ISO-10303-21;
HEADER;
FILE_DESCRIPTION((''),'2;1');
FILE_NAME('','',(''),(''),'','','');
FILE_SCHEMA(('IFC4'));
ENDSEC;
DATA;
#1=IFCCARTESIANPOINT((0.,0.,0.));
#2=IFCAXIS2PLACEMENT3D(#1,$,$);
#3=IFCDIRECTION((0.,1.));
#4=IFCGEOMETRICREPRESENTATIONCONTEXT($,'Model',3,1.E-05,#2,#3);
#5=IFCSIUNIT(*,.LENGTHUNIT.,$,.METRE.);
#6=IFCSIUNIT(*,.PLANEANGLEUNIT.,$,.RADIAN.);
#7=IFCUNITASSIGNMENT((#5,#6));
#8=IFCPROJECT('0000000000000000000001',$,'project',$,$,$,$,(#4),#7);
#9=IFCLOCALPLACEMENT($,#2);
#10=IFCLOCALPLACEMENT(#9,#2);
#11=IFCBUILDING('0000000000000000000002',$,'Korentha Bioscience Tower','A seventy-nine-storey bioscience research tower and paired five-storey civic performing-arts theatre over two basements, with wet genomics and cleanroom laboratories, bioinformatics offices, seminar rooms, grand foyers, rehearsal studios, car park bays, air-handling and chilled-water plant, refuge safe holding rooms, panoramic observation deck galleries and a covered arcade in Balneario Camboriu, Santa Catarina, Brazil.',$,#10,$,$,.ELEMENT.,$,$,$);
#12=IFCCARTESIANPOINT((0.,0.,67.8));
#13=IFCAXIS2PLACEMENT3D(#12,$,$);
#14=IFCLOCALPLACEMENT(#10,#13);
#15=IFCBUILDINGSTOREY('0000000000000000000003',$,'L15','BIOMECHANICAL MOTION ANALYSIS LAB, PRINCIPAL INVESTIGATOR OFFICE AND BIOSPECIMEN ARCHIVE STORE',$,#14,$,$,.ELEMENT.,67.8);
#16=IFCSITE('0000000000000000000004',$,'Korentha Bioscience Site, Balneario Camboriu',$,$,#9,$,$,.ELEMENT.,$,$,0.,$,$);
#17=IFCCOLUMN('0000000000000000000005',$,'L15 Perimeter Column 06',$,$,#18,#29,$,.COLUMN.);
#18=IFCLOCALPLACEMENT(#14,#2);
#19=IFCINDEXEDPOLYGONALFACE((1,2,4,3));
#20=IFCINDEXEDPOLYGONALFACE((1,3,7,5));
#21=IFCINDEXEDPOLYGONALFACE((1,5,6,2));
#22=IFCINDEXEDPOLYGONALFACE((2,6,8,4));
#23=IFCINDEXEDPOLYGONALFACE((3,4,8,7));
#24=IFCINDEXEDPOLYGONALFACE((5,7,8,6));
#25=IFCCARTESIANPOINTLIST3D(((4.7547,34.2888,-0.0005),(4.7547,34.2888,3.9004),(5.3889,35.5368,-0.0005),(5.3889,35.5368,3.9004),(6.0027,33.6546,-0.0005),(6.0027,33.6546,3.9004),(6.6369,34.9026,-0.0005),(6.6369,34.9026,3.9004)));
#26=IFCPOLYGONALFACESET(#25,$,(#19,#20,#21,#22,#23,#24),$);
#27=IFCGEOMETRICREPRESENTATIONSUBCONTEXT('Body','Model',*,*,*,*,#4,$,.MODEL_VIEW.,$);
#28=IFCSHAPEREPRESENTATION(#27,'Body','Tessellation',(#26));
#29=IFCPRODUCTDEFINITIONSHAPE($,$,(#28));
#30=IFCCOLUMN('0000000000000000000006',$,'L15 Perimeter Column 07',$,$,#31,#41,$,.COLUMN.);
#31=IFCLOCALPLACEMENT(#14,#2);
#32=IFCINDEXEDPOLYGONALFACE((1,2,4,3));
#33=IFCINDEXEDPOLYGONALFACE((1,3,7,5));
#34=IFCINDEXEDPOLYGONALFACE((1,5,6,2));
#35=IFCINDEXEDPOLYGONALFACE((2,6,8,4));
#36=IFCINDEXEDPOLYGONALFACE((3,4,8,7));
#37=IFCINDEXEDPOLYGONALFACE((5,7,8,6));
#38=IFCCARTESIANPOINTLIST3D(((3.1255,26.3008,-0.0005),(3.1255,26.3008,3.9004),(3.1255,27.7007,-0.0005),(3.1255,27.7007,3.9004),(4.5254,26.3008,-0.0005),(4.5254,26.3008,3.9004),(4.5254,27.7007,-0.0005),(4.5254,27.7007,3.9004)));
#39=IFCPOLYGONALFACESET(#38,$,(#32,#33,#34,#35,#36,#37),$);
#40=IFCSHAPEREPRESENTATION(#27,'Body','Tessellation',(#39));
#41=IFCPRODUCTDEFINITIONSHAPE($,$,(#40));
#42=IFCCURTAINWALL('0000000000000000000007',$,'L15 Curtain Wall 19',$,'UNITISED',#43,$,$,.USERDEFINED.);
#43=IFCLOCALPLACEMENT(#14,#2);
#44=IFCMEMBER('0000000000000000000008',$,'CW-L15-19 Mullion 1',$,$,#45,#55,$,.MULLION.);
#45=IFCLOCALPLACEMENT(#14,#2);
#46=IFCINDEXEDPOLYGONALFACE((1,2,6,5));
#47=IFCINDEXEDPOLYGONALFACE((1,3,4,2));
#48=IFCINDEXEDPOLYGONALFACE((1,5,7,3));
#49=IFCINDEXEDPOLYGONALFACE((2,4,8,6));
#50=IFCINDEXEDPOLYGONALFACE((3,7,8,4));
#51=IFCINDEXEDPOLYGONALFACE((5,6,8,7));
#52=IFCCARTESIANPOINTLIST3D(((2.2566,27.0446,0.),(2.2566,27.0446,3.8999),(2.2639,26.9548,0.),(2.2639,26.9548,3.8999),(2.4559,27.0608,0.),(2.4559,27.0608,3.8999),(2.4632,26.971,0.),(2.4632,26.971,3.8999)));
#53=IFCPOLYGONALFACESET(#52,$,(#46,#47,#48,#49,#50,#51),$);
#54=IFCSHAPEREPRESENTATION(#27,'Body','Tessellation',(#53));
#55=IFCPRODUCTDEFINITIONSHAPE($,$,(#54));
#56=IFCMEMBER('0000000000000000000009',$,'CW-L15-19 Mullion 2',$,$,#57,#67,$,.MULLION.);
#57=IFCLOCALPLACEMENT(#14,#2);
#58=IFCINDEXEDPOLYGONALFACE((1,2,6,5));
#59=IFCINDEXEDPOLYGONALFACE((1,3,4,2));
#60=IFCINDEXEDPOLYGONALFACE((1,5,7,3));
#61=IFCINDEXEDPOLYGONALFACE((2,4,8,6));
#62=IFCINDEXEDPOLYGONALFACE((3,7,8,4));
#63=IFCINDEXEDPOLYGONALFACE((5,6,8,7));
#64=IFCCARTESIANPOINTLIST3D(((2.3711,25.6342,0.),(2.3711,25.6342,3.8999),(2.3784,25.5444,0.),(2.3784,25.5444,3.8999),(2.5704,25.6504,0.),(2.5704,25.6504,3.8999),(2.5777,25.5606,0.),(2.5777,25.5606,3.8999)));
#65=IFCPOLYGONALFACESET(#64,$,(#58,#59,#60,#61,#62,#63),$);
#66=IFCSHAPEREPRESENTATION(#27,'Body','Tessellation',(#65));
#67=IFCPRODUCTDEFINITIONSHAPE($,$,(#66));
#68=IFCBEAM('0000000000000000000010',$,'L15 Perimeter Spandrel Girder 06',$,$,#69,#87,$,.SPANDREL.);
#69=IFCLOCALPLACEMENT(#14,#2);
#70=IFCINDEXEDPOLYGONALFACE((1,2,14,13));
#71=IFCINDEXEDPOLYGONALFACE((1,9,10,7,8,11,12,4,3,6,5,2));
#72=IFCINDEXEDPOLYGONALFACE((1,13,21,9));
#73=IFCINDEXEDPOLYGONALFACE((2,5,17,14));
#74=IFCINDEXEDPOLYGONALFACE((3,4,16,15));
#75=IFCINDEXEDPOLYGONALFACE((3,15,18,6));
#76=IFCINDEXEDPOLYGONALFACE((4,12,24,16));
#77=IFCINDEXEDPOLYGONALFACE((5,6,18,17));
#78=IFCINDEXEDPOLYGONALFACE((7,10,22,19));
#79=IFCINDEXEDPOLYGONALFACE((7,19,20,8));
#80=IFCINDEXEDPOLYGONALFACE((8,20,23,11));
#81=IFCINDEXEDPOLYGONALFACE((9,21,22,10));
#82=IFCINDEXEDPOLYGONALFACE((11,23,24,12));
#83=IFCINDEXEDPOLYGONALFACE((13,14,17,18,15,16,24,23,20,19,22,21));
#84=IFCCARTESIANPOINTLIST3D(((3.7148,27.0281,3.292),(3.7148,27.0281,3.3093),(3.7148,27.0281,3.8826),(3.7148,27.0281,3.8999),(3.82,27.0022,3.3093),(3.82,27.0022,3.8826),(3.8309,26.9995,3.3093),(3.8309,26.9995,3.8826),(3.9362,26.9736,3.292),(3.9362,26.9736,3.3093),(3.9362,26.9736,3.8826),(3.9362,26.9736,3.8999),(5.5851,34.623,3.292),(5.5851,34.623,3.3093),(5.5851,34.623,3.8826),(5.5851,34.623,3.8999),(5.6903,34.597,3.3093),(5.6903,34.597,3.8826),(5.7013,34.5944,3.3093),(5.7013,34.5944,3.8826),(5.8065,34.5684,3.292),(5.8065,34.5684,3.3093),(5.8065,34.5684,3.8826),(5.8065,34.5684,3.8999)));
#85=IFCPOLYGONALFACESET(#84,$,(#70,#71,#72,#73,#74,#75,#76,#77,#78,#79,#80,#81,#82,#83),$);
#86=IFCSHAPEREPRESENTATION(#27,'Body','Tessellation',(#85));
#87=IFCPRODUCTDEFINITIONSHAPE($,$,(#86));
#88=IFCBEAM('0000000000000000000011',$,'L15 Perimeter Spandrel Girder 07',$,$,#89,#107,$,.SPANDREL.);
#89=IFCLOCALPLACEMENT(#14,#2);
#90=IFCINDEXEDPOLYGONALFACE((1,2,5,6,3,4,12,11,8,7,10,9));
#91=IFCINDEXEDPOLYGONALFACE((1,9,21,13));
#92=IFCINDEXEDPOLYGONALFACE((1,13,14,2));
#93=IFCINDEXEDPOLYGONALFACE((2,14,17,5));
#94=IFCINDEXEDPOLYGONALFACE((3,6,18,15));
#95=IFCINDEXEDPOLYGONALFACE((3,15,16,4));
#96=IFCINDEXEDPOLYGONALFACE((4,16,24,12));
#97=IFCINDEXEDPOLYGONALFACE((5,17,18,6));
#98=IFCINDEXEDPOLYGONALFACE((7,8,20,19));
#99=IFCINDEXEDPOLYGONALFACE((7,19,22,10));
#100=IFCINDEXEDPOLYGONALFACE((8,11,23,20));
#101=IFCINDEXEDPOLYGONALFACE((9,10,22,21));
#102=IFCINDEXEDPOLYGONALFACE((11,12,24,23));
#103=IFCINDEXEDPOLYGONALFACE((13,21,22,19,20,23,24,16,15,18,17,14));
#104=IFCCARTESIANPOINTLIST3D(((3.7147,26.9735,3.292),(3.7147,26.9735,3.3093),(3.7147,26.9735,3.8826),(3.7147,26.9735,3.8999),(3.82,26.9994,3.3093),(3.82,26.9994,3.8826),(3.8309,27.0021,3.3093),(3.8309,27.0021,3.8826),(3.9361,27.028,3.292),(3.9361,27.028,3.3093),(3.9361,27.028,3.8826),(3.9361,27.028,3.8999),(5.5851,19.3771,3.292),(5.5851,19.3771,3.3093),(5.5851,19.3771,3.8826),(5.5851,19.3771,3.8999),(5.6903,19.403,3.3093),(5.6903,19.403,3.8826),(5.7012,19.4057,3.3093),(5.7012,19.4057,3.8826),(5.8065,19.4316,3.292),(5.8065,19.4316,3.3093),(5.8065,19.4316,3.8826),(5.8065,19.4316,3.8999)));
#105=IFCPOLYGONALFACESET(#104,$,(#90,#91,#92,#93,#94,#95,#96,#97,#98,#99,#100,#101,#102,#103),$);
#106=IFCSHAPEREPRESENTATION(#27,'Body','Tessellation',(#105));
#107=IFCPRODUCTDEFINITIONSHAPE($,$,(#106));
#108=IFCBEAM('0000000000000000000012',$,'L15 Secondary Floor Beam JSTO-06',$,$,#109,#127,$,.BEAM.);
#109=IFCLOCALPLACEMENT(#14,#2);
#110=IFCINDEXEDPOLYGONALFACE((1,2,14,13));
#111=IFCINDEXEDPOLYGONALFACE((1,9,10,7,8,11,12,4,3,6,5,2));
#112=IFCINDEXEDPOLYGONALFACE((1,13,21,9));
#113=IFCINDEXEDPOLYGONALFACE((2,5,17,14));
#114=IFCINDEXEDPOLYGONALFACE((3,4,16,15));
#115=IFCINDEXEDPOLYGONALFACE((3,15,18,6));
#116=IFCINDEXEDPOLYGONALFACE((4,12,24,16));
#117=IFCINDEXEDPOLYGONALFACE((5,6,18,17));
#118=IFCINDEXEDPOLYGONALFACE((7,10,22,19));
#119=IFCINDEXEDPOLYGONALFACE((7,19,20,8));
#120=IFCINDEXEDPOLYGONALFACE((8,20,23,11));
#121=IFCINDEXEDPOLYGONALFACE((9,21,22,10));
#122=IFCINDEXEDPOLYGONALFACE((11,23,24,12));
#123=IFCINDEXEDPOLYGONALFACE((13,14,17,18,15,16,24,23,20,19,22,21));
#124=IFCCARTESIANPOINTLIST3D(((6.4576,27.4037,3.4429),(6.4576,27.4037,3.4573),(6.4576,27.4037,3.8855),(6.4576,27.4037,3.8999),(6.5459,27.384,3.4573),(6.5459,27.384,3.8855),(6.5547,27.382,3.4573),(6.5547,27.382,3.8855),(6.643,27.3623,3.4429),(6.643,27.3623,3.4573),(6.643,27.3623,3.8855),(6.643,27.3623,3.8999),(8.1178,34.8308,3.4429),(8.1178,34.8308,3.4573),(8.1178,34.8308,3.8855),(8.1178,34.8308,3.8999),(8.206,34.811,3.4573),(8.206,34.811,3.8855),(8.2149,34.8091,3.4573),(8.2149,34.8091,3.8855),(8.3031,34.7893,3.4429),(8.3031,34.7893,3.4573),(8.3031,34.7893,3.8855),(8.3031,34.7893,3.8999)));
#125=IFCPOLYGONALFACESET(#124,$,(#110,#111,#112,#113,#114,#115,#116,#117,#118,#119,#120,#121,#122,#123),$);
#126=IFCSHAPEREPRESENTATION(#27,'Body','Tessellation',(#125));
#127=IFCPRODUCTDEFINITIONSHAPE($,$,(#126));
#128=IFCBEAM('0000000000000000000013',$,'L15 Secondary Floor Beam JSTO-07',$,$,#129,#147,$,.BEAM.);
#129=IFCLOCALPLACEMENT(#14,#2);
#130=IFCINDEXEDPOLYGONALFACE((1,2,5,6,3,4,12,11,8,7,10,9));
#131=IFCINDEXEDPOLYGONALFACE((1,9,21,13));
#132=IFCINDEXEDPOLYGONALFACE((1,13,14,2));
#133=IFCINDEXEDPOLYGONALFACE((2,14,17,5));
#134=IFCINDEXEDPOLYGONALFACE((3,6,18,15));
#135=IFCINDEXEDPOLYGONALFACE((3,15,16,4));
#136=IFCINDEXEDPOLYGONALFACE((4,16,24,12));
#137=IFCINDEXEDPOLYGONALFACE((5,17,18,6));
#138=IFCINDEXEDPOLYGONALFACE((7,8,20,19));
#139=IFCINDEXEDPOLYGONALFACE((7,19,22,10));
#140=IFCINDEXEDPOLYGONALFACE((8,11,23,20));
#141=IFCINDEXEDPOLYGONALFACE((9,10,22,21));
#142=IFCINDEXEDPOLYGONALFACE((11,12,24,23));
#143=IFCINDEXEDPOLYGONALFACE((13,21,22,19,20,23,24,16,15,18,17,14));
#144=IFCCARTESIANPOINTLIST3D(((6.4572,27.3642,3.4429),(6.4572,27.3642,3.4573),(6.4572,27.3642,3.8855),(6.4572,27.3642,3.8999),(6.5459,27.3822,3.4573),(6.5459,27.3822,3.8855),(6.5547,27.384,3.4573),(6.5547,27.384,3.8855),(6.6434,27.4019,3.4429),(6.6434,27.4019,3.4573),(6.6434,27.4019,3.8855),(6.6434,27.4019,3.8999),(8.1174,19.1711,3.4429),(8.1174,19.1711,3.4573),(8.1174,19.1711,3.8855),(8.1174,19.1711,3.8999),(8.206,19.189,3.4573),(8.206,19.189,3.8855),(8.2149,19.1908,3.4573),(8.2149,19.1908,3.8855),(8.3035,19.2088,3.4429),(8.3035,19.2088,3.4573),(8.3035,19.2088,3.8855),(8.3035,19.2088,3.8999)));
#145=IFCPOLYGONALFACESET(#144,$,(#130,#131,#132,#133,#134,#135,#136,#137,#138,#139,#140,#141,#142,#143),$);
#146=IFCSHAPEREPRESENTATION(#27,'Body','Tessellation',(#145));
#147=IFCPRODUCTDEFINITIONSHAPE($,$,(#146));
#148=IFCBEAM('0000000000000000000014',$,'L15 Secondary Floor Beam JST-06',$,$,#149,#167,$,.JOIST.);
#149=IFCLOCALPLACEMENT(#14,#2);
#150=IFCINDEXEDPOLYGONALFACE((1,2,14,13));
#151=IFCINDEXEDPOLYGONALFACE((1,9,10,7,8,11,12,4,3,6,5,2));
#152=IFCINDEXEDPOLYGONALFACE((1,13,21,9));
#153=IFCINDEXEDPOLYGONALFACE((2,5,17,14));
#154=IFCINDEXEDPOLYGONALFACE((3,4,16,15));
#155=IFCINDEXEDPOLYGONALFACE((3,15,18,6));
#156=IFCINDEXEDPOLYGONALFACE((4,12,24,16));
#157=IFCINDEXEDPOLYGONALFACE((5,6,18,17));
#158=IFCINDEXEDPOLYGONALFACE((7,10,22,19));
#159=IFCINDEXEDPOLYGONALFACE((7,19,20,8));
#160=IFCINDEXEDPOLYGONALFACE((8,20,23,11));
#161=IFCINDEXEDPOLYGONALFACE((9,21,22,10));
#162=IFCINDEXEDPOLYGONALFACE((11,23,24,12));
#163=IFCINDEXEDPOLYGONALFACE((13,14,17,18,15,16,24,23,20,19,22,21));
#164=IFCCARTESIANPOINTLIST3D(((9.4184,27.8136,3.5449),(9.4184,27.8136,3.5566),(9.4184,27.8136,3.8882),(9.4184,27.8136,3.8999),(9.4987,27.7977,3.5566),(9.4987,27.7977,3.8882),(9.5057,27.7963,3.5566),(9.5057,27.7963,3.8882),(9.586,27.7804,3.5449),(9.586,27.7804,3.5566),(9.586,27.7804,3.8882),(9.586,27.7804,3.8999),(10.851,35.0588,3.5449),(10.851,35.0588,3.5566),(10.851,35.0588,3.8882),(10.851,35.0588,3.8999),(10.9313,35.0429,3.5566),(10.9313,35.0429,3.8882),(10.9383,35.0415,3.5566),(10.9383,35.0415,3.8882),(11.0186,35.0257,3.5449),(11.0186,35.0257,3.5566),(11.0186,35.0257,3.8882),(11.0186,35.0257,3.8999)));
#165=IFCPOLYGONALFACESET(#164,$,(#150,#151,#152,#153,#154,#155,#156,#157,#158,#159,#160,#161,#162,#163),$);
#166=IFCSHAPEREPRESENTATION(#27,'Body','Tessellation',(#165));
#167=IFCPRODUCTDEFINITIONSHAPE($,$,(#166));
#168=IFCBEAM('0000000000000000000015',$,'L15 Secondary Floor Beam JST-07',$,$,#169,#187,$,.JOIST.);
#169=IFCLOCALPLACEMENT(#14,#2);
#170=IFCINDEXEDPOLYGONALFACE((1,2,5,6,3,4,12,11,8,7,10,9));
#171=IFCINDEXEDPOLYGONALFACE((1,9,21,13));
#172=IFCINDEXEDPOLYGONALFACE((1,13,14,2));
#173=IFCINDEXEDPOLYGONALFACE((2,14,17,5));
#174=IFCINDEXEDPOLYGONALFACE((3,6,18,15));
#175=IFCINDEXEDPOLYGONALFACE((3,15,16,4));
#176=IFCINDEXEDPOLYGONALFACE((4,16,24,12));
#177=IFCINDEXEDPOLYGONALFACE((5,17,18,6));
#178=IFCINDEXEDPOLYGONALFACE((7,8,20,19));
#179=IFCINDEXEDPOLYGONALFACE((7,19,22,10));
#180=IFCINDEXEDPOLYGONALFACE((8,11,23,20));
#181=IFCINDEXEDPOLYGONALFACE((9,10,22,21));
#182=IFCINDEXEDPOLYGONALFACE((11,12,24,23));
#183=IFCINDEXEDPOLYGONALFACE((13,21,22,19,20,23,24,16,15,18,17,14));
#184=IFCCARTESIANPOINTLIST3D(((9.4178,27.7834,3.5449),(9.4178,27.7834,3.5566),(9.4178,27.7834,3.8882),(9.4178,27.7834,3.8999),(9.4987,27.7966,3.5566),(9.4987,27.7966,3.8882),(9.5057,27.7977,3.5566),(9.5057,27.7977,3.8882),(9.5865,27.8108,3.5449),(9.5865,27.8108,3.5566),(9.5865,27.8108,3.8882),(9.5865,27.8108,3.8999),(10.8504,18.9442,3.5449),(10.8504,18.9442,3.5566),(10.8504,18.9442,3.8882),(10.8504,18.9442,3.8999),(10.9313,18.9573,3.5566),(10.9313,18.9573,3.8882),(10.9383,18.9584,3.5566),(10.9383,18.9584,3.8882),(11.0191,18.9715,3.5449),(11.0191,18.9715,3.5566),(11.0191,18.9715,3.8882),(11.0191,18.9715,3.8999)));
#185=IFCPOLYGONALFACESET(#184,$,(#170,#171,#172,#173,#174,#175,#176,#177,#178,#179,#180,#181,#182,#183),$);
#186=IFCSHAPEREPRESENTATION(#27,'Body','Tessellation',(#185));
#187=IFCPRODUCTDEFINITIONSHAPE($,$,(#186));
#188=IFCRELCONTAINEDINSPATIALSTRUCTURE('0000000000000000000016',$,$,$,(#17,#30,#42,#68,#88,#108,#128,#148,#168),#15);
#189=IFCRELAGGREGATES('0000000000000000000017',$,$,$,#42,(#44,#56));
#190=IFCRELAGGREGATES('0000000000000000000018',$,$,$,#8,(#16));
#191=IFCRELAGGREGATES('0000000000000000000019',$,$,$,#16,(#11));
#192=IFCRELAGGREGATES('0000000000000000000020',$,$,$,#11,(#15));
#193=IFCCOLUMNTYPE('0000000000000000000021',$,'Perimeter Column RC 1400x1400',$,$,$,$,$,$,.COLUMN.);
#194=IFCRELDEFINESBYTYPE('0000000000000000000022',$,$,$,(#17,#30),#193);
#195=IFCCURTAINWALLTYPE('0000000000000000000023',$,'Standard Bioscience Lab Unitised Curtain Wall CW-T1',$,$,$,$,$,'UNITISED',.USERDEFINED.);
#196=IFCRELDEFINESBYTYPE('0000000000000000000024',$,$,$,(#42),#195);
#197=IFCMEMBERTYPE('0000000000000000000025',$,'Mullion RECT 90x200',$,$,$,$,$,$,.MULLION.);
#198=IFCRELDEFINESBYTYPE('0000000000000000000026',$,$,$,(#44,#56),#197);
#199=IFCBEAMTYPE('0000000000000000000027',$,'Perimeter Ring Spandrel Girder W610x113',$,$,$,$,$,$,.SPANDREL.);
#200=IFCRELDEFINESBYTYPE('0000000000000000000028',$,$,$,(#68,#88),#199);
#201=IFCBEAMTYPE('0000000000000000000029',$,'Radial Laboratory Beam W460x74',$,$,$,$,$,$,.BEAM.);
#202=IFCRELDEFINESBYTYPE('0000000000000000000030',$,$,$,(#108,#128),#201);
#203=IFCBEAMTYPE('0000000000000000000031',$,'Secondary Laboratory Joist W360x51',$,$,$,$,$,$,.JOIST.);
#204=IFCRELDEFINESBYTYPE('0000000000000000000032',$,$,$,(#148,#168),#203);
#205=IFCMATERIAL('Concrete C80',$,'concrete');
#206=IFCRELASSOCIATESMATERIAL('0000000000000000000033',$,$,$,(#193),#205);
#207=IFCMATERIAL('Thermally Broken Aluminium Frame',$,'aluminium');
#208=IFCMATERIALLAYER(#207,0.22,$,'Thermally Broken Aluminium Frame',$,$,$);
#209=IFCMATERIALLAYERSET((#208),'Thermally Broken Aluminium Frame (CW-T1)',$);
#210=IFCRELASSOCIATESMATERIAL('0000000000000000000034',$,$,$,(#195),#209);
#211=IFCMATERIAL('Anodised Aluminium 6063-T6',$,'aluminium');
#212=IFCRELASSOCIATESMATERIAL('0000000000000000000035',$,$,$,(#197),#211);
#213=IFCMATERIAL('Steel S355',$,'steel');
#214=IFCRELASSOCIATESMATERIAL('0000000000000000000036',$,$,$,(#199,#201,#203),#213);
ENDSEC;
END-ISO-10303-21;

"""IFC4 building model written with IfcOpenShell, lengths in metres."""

from ifc_helpers import new_model, si_unit, direction, frame, origin, origin_2d, place, context, subcontext, project, spatial, rectangle, i_section, extrude, material, layer, layer_set, material_profile, profile_set, type_object, element, aggregate, save


model = new_model("IFC4")

# Units and contexts
model_context = context("Model", 3, precision=1e-05, world=origin(), true_north=direction((0.0, 1.0)))
body_context = subcontext(model_context, "Body", "Model", "MODEL_VIEW")
ifc_project = project(units=[si_unit("LENGTHUNIT", "METRE"), si_unit("PLANEANGLEUNIT", "RADIAN")], contexts=[model_context])

# Site, building, storey
site_placement = place(None, origin())
site = spatial("IfcSite", under=ifc_project, at=site_placement, Name="Korentha Bioscience Site, Balneario Camboriu", CompositionType="ELEMENT", RefElevation=0.0)
building_placement = place(site_placement, origin())
building = spatial("IfcBuilding", under=site, at=building_placement, Name="Korentha Bioscience Tower", Description="A seventy-nine-storey bioscience research tower and paired five-storey civic performing-arts theatre over two basements, with wet genomics and cleanroom laboratories, bioinformatics offices, seminar rooms, grand foyers, rehearsal studios, car park bays, air-handling and chilled-water plant, refuge safe holding rooms, panoramic observation deck galleries and a covered arcade in Balneario Camboriu, Santa Catarina, Brazil.", CompositionType="ELEMENT")
storey_placement = place(building_placement, frame((0.0, 0.0, 67.8)))
storey = spatial("IfcBuildingStorey", under=building, at=storey_placement, Name="L15", Description="BIOMECHANICAL MOTION ANALYSIS LAB, PRINCIPAL INVESTIGATOR OFFICE AND BIOSPECIMEN ARCHIVE STORE", CompositionType="ELEMENT", Elevation=67.8)

# Columns
ifc_material_1 = material(Name="Concrete C80", Category="concrete")
ifc_material_profile_1 = material_profile(ifc_material_1, rectangle(XDim=1.3999, YDim=1.3999, at=origin_2d()), Name="Concrete C80")
ifc_profile_set_1 = profile_set([ifc_material_profile_1], Name="Concrete C80 (COL-P14)")
column_type = type_object("IfcColumnType", Name="Perimeter Column RC 1400x1400", PredefinedType="COLUMN", material=ifc_profile_set_1)
for number, where, z_axis, x_axis, name in (
    (1, (5.6958, 34.5957, -0.0005), (0.0, 0.0, 1.0), (0.453057, 0.891481, 0.0), "L15 Perimeter Column 06"),
    (2, (3.8254, 27.0007, -0.0005), (0.0, 0.0, 1.0), (0.0, 1.0, 0.0), "L15 Perimeter Column 07"),
):
    element("IfcColumn", number, at=place(storey_placement, frame(where, z_axis=z_axis, x_axis=x_axis)), inside=storey, type_object=column_type, Name=name, PredefinedType="COLUMN", context=body_context, shape_type="SweptSolid", body=[
        extrude(rectangle(XDim=1.3999, YDim=1.3999, at=origin_2d()), origin(), (0.0, 0.0, 1.0), 3.9009),
    ])

# Curtain wall, members
ifc_material_2 = material(Name="Thermally Broken Aluminium Frame", Category="aluminium")
ifc_layer_1 = layer(ifc_material_2, 0.22, Name="Thermally Broken Aluminium Frame")
ifc_layer_set_1 = layer_set([ifc_layer_1], Name="Thermally Broken Aluminium Frame (CW-T1)")
curtain_wall_type = type_object("IfcCurtainWallType", Name="Standard Bioscience Lab Unitised Curtain Wall CW-T1", ElementType="UNITISED", PredefinedType="USERDEFINED", material=ifc_layer_set_1)
curtain_wall_placement = place(storey_placement, origin())
curtain_wall = element("IfcCurtainWall", 3, at=curtain_wall_placement, inside=storey, type_object=curtain_wall_type, Name="L15 Curtain Wall 19", ObjectType="UNITISED", PredefinedType="USERDEFINED")
ifc_material_3 = material(Name="Anodised Aluminium 6063-T6", Category="aluminium")
ifc_material_profile_2 = material_profile(ifc_material_3, rectangle(XDim=0.0901, YDim=0.2, at=origin_2d()), Name="Anodised Aluminium 6063-T6")
ifc_profile_set_2 = profile_set([ifc_material_profile_2], Name="Anodised Aluminium 6063-T6 (CW-MUL)")
member_type_1 = type_object("IfcMemberType", Name="Mullion RECT 90x200", PredefinedType="MULLION", material=ifc_profile_set_2)
member_1_placement = place(storey_placement, frame((2.3599, 27.0078, 0.0), z_axis=(0.0, 0.0, 1.0), x_axis=(0.08082, -0.996729, 0.0)))
member_1 = element("IfcMember", 4, at=member_1_placement, type_object=member_type_1, Name="CW-L15-19 Mullion 1", PredefinedType="MULLION", context=body_context, shape_type="SweptSolid", body=[
    extrude(rectangle(XDim=0.0901, YDim=0.2, at=origin_2d()), origin(), (0.0, 0.0, 1.0), 3.8999),
])
member_2_placement = place(storey_placement, frame((2.4744, 25.5974, 0.0), z_axis=(0.0, 0.0, 1.0), x_axis=(0.08082, -0.996729, 0.0)))
member_2 = element("IfcMember", 5, at=member_2_placement, type_object=member_type_1, Name="CW-L15-19 Mullion 2", PredefinedType="MULLION", context=body_context, shape_type="SweptSolid", body=[
    extrude(rectangle(XDim=0.0901, YDim=0.2, at=origin_2d()), origin(), (0.0, 0.0, 1.0), 3.8999),
])

# Beams
ifc_material_4 = material(Name="Steel S355", Category="steel")
ifc_material_profile_3 = material_profile(ifc_material_4, i_section(OverallWidth=0.228, OverallDepth=0.6079, WebThickness=0.0112, FlangeThickness=0.0173, at=origin_2d()), Name="Steel S355")
ifc_profile_set_3 = profile_set([ifc_material_profile_3], Name="Steel S355 (SB-610)")
beam_type_1 = type_object("IfcBeamType", Name="Perimeter Ring Spandrel Girder W610x113", PredefinedType="SPANDREL", material=ifc_profile_set_3)
beam_1_placement = place(storey_placement, frame((5.6958, 34.5957, 3.5959), z_axis=(-0.239119, -0.97099, 0.0), x_axis=(0.97099, -0.239119, 0.0)))
element("IfcBeam", 6, at=beam_1_placement, inside=storey, type_object=beam_type_1, Name="L15 Perimeter Spandrel Girder 06", PredefinedType="SPANDREL", context=body_context, shape_type="SweptSolid", body=[
    extrude(i_section(OverallWidth=0.228, OverallDepth=0.6079, WebThickness=0.0112, FlangeThickness=0.0173, at=origin_2d()), origin(), (0.0, 0.0, 1.0), 7.8218),
])
beam_2_placement = place(storey_placement, frame((3.8254, 27.0007, 3.5959), z_axis=(0.239076, -0.971001, 0.0), x_axis=(0.971001, 0.239076, 0.0)))
element("IfcBeam", 7, at=beam_2_placement, inside=storey, type_object=beam_type_1, Name="L15 Perimeter Spandrel Girder 07", PredefinedType="SPANDREL", context=body_context, shape_type="SweptSolid", body=[
    extrude(i_section(OverallWidth=0.228, OverallDepth=0.6079, WebThickness=0.0112, FlangeThickness=0.0173, at=origin_2d()), origin(), (0.0, 0.0, 1.0), 7.8232),
])
ifc_material_profile_4 = material_profile(ifc_material_4, i_section(OverallWidth=0.1899, OverallDepth=0.457, WebThickness=0.009, FlangeThickness=0.0144, at=origin_2d()), Name="Steel S355")
ifc_profile_set_4 = profile_set([ifc_material_profile_4], Name="Steel S355 (RB-460)")
beam_type_2 = type_object("IfcBeamType", Name="Radial Laboratory Beam W460x74", PredefinedType="BEAM", material=ifc_profile_set_4)
beam_3_placement = place(storey_placement, frame((8.2104, 34.8101, 3.6714), z_axis=(-0.218146, -0.975916, 0.0), x_axis=(0.975916, -0.218146, 0.0)))
element("IfcBeam", 8, at=beam_3_placement, inside=storey, type_object=beam_type_2, Name="L15 Secondary Floor Beam JSTO-06", PredefinedType="BEAM", context=body_context, shape_type="SweptSolid", body=[
    extrude(i_section(OverallWidth=0.1899, OverallDepth=0.457, WebThickness=0.009, FlangeThickness=0.0144, at=origin_2d()), origin(), (0.0, 0.0, 1.0), 7.6104),
])
beam_4_placement = place(storey_placement, frame((6.5503, 27.3831, 3.6714), z_axis=(0.198592, -0.980082, 0.0), x_axis=(0.980082, 0.198592, 0.0)))
element("IfcBeam", 9, at=beam_4_placement, inside=storey, type_object=beam_type_2, Name="L15 Secondary Floor Beam JSTO-07", PredefinedType="BEAM", context=body_context, shape_type="SweptSolid", body=[
    extrude(i_section(OverallWidth=0.1899, OverallDepth=0.457, WebThickness=0.009, FlangeThickness=0.0144, at=origin_2d()), origin(), (0.0, 0.0, 1.0), 8.3596),
])
ifc_material_profile_5 = material_profile(ifc_material_4, i_section(OverallWidth=0.1709, OverallDepth=0.355, WebThickness=0.0071, FlangeThickness=0.0117, at=origin_2d()), Name="Steel S355")
ifc_profile_set_5 = profile_set([ifc_material_profile_5], Name="Steel S355 (JB-360)")
beam_type_3 = type_object("IfcBeamType", Name="Secondary Laboratory Joist W360x51", PredefinedType="JOIST", material=ifc_profile_set_5)
beam_5_placement = place(storey_placement, frame((10.9348, 35.0422, 3.7224), z_axis=(-0.19398, -0.981006, 0.0), x_axis=(0.981006, -0.19398, 0.0)))
element("IfcBeam", 10, at=beam_5_placement, inside=storey, type_object=beam_type_3, Name="L15 Secondary Floor Beam JST-06", PredefinedType="JOIST", context=body_context, shape_type="SweptSolid", body=[
    extrude(i_section(OverallWidth=0.1709, OverallDepth=0.355, WebThickness=0.0071, FlangeThickness=0.0117, at=origin_2d()), origin(), (0.0, 0.0, 1.0), 7.3855),
])
beam_6_placement = place(storey_placement, frame((9.5022, 27.7971, 3.7224), z_axis=(0.159985, -0.987119, 0.0), x_axis=(0.987119, 0.159985, 0.0)))
element("IfcBeam", 11, at=beam_6_placement, inside=storey, type_object=beam_type_3, Name="L15 Secondary Floor Beam JST-07", PredefinedType="JOIST", context=body_context, shape_type="SweptSolid", body=[
    extrude(i_section(OverallWidth=0.1709, OverallDepth=0.355, WebThickness=0.0071, FlangeThickness=0.0117, at=origin_2d()), origin(), (0.0, 0.0, 1.0), 8.9546),
])

aggregate(curtain_wall, [member_1, member_2])

save(model, "model.ifc")
